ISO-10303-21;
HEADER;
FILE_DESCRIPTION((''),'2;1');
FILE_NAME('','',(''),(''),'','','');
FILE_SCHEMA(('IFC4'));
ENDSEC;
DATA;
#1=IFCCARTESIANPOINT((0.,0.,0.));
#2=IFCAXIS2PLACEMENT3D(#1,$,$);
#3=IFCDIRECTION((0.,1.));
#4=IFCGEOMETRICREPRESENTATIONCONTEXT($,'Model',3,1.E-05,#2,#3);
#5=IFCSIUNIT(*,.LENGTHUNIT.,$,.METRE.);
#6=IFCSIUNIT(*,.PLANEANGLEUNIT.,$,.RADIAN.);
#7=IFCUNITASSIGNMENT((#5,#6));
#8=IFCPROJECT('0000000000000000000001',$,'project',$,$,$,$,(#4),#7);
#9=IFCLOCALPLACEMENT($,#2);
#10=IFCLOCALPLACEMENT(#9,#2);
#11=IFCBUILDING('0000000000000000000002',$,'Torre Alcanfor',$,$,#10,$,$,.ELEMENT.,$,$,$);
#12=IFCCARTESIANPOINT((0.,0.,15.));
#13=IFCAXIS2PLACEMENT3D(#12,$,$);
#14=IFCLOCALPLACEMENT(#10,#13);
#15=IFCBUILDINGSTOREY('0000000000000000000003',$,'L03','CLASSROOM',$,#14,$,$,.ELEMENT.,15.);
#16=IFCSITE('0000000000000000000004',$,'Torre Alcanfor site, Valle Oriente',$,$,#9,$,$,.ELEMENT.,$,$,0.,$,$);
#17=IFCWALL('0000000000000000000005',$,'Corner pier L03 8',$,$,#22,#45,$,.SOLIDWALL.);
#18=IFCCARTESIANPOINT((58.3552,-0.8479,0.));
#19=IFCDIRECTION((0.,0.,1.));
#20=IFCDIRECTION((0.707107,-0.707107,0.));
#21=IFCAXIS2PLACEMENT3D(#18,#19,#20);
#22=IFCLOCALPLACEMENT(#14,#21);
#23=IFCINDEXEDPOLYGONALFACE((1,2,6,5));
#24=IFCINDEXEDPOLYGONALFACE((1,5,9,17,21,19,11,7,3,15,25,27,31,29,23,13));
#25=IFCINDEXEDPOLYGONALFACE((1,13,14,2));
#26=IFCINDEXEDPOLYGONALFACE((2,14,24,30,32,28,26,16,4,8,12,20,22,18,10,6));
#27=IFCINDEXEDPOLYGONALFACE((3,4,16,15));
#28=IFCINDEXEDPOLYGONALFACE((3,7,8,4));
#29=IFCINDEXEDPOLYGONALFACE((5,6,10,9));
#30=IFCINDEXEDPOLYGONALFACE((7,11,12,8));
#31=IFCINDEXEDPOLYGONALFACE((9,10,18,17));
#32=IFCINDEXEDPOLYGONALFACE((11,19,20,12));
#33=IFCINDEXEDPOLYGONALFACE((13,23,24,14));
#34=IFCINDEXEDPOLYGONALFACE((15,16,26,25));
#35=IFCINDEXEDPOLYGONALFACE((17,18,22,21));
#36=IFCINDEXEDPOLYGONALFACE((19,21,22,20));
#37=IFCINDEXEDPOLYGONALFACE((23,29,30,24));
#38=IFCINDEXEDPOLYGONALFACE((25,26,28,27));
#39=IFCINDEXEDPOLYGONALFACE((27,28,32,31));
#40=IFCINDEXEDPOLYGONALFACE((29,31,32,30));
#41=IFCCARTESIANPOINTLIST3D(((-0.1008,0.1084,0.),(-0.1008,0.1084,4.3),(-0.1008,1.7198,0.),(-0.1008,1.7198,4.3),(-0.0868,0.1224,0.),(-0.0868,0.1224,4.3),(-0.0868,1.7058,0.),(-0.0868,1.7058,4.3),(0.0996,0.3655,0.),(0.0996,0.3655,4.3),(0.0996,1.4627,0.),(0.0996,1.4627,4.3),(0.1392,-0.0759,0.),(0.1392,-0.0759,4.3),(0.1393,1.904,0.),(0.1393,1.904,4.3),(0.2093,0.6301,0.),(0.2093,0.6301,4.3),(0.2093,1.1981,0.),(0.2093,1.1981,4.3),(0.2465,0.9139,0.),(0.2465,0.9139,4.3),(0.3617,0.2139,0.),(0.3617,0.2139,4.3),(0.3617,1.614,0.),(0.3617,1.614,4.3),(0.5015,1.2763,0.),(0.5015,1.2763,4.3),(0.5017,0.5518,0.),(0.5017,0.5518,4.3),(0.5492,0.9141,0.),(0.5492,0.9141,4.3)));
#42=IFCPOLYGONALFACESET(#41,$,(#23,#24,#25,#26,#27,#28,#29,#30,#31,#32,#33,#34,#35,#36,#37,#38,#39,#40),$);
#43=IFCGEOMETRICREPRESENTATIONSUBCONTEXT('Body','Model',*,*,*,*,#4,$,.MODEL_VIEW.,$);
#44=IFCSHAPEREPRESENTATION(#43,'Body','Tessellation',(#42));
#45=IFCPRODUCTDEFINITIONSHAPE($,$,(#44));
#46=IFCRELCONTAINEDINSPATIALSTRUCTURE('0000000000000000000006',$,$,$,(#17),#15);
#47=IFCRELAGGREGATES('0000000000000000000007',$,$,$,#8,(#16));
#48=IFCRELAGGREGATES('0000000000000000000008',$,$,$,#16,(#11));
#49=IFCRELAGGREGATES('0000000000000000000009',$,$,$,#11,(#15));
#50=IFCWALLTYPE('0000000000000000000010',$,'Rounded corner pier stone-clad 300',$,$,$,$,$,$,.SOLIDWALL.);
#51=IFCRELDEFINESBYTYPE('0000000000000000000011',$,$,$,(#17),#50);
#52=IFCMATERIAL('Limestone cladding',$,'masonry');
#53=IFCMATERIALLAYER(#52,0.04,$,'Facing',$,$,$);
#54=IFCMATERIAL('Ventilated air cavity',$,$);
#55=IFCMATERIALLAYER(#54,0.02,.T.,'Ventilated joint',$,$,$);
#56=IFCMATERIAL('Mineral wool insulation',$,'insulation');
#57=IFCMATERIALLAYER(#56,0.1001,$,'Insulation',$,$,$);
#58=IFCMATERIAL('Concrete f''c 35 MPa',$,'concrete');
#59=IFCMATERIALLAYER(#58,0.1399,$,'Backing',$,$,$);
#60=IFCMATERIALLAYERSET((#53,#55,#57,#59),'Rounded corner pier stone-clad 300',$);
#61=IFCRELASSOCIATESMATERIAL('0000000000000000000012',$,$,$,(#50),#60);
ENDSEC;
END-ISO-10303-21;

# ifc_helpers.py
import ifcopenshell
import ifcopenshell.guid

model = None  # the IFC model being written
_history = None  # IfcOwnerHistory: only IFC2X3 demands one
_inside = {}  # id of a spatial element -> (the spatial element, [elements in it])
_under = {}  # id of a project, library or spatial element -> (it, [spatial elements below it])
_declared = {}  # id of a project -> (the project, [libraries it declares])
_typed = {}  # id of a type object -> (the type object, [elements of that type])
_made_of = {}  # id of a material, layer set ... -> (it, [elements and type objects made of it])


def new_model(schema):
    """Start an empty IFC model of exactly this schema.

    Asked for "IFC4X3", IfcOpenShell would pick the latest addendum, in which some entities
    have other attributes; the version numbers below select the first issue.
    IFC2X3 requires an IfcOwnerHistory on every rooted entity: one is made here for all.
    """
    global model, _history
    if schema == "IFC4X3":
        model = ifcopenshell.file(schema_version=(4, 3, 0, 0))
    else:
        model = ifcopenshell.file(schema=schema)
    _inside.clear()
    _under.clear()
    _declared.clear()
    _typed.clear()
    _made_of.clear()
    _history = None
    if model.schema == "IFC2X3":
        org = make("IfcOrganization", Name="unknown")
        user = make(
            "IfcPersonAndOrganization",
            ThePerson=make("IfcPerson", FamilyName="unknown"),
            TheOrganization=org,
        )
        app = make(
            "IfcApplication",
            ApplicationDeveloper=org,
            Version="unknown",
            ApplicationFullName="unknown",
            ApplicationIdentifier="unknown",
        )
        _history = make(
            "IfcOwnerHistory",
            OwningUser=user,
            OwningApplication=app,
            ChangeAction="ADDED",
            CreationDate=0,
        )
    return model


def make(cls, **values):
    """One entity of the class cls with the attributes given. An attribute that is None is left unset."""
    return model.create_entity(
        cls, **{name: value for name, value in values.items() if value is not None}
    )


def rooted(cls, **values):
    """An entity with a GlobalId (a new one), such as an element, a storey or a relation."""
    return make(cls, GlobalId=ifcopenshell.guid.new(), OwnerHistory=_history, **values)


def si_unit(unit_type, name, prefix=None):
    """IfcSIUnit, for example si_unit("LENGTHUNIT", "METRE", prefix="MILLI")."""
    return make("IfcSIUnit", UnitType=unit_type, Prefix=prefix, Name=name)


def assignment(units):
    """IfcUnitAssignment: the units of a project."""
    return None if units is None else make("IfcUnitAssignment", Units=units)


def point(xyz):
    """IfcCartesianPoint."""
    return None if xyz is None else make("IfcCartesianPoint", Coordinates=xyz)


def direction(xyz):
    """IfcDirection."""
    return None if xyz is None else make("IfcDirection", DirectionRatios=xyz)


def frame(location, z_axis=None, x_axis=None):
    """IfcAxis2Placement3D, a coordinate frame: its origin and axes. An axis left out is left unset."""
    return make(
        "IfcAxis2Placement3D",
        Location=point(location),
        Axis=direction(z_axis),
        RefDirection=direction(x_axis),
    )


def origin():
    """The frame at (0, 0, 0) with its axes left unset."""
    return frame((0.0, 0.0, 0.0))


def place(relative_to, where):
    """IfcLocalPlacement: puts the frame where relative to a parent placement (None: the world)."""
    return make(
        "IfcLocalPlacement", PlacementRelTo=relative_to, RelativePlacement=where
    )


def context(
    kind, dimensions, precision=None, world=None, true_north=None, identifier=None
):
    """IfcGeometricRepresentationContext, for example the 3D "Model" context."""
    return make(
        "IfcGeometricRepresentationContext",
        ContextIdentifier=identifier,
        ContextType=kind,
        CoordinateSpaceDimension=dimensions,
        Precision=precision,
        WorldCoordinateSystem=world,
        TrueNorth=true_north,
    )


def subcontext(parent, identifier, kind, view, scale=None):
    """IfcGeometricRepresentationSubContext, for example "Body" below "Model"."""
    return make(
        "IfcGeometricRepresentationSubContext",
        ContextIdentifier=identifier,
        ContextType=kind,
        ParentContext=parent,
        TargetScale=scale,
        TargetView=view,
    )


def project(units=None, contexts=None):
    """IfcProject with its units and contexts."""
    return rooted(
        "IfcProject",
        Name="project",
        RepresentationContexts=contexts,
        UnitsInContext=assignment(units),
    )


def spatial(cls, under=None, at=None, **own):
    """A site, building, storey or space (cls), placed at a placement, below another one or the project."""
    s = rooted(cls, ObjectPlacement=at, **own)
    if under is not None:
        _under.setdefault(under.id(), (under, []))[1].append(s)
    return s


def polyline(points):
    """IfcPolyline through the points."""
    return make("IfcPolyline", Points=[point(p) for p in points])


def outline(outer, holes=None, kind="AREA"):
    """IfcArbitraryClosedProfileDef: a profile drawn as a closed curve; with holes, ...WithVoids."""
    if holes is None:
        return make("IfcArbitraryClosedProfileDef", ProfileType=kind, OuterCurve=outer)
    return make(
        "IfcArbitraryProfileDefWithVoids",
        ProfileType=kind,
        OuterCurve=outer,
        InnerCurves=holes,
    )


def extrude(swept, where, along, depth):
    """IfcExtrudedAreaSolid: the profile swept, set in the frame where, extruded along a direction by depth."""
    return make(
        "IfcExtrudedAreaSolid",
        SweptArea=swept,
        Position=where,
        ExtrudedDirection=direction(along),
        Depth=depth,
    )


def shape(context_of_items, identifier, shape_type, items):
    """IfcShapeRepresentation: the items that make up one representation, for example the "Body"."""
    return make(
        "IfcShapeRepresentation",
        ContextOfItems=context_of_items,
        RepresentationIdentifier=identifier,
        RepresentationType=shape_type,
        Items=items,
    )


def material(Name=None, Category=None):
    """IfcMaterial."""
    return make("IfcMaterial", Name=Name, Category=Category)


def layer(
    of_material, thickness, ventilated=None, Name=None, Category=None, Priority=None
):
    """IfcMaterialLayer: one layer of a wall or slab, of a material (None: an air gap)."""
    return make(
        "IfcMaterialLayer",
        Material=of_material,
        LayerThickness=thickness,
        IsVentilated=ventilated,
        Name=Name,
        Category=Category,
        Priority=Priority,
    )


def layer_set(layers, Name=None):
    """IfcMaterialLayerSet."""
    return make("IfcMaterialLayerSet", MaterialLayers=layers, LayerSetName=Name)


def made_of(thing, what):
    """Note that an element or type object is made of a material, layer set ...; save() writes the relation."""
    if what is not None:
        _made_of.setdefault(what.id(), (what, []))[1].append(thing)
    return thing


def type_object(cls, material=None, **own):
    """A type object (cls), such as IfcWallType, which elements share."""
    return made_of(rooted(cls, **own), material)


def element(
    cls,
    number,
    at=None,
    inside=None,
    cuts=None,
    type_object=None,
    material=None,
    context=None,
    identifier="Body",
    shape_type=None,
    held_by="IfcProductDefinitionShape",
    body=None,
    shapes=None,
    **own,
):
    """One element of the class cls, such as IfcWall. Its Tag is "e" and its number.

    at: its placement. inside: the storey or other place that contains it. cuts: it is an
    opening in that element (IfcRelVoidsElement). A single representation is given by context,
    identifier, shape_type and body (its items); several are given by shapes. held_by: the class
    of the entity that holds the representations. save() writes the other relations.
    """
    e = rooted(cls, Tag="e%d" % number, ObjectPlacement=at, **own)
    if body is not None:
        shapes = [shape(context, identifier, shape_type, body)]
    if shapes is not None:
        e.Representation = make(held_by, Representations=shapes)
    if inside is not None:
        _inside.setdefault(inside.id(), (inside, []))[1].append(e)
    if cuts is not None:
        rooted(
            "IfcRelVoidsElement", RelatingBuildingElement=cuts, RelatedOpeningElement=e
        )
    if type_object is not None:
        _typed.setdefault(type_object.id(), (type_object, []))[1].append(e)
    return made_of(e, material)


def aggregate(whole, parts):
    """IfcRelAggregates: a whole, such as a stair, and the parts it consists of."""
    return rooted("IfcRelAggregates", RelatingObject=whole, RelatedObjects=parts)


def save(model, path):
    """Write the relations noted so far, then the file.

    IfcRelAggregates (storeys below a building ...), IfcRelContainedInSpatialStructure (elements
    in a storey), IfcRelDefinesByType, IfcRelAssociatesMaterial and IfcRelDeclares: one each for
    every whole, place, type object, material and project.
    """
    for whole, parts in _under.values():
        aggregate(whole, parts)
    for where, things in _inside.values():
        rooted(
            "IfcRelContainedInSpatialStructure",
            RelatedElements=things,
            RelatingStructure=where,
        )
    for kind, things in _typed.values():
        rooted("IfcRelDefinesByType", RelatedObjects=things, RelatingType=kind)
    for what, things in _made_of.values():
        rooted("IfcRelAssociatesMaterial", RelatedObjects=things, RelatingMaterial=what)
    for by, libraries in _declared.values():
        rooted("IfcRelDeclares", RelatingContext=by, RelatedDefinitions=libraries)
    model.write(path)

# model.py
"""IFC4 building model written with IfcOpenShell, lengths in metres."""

from ifc_helpers import new_model, si_unit, direction, frame, origin, place, context, subcontext, project, spatial, polyline, outline, extrude, material, layer, layer_set, type_object, element, save


model = new_model("IFC4")

# Units and contexts
model_context = context("Model", 3, precision=1e-05, world=origin(), true_north=direction((0.0, 1.0)))
body_context = subcontext(model_context, "Body", "Model", "MODEL_VIEW")
ifc_project = project(units=[si_unit("LENGTHUNIT", "METRE"), si_unit("PLANEANGLEUNIT", "RADIAN")], contexts=[model_context])

# Site, building, storey
site_placement = place(None, origin())
site = spatial("IfcSite", under=ifc_project, at=site_placement, Name="Torre Alcanfor site, Valle Oriente", CompositionType="ELEMENT", RefElevation=0.0)
building_placement = place(site_placement, origin())
building = spatial("IfcBuilding", under=site, at=building_placement, Name="Torre Alcanfor", CompositionType="ELEMENT")
storey_placement = place(building_placement, frame((0.0, 0.0, 15.0)))
storey = spatial("IfcBuildingStorey", under=building, at=storey_placement, Name="L03", Description="CLASSROOM", CompositionType="ELEMENT", Elevation=15.0)

# Wall
ifc_material_1 = material(Name="Limestone cladding", Category="masonry")
ifc_layer_1 = layer(ifc_material_1, 0.04, Name="Facing")
ifc_material_2 = material(Name="Ventilated air cavity")
ifc_layer_2 = layer(ifc_material_2, 0.02, ventilated=True, Name="Ventilated joint")
ifc_material_3 = material(Name="Mineral wool insulation", Category="insulation")
ifc_layer_3 = layer(ifc_material_3, 0.1001, Name="Insulation")
ifc_material_4 = material(Name="Concrete f'c 35 MPa", Category="concrete")
ifc_layer_4 = layer(ifc_material_4, 0.1399, Name="Backing")
ifc_layer_set_1 = layer_set([ifc_layer_1, ifc_layer_2, ifc_layer_3, ifc_layer_4], Name="Rounded corner pier stone-clad 300")
wall_type_1 = type_object("IfcWallType", Name="Rounded corner pier stone-clad 300", PredefinedType="SOLIDWALL", material=ifc_layer_set_1)
wall_1_placement = place(storey_placement, frame((58.3552, -0.8479, 0.0), z_axis=(0.0, 0.0, 1.0), x_axis=(0.707107, -0.707107, 0.0)))
element("IfcWall", 1, at=wall_1_placement, inside=storey, type_object=wall_type_1, Name="Corner pier L03 8", PredefinedType="SOLIDWALL", context=body_context, shape_type="SweptSolid", body=[
    extrude(outline(polyline([(0.1393, 1.904), (-0.1008, 1.7198), (-0.0868, 1.7058), (0.0996, 1.4627), (0.2093, 1.1981), (0.2465, 0.9139), (0.2093, 0.6301), (0.0996, 0.3655), (-0.0868, 0.1224), (-0.1008, 0.1084), (0.1392, -0.0759), (0.3617, 0.2139), (0.5017, 0.5518), (0.5492, 0.9141), (0.5015, 1.2763), (0.3617, 1.614), (0.1393, 1.904)])), origin(), (0.0, 0.0, 1.0), 4.3),
])

save(model, "model.ifc")
